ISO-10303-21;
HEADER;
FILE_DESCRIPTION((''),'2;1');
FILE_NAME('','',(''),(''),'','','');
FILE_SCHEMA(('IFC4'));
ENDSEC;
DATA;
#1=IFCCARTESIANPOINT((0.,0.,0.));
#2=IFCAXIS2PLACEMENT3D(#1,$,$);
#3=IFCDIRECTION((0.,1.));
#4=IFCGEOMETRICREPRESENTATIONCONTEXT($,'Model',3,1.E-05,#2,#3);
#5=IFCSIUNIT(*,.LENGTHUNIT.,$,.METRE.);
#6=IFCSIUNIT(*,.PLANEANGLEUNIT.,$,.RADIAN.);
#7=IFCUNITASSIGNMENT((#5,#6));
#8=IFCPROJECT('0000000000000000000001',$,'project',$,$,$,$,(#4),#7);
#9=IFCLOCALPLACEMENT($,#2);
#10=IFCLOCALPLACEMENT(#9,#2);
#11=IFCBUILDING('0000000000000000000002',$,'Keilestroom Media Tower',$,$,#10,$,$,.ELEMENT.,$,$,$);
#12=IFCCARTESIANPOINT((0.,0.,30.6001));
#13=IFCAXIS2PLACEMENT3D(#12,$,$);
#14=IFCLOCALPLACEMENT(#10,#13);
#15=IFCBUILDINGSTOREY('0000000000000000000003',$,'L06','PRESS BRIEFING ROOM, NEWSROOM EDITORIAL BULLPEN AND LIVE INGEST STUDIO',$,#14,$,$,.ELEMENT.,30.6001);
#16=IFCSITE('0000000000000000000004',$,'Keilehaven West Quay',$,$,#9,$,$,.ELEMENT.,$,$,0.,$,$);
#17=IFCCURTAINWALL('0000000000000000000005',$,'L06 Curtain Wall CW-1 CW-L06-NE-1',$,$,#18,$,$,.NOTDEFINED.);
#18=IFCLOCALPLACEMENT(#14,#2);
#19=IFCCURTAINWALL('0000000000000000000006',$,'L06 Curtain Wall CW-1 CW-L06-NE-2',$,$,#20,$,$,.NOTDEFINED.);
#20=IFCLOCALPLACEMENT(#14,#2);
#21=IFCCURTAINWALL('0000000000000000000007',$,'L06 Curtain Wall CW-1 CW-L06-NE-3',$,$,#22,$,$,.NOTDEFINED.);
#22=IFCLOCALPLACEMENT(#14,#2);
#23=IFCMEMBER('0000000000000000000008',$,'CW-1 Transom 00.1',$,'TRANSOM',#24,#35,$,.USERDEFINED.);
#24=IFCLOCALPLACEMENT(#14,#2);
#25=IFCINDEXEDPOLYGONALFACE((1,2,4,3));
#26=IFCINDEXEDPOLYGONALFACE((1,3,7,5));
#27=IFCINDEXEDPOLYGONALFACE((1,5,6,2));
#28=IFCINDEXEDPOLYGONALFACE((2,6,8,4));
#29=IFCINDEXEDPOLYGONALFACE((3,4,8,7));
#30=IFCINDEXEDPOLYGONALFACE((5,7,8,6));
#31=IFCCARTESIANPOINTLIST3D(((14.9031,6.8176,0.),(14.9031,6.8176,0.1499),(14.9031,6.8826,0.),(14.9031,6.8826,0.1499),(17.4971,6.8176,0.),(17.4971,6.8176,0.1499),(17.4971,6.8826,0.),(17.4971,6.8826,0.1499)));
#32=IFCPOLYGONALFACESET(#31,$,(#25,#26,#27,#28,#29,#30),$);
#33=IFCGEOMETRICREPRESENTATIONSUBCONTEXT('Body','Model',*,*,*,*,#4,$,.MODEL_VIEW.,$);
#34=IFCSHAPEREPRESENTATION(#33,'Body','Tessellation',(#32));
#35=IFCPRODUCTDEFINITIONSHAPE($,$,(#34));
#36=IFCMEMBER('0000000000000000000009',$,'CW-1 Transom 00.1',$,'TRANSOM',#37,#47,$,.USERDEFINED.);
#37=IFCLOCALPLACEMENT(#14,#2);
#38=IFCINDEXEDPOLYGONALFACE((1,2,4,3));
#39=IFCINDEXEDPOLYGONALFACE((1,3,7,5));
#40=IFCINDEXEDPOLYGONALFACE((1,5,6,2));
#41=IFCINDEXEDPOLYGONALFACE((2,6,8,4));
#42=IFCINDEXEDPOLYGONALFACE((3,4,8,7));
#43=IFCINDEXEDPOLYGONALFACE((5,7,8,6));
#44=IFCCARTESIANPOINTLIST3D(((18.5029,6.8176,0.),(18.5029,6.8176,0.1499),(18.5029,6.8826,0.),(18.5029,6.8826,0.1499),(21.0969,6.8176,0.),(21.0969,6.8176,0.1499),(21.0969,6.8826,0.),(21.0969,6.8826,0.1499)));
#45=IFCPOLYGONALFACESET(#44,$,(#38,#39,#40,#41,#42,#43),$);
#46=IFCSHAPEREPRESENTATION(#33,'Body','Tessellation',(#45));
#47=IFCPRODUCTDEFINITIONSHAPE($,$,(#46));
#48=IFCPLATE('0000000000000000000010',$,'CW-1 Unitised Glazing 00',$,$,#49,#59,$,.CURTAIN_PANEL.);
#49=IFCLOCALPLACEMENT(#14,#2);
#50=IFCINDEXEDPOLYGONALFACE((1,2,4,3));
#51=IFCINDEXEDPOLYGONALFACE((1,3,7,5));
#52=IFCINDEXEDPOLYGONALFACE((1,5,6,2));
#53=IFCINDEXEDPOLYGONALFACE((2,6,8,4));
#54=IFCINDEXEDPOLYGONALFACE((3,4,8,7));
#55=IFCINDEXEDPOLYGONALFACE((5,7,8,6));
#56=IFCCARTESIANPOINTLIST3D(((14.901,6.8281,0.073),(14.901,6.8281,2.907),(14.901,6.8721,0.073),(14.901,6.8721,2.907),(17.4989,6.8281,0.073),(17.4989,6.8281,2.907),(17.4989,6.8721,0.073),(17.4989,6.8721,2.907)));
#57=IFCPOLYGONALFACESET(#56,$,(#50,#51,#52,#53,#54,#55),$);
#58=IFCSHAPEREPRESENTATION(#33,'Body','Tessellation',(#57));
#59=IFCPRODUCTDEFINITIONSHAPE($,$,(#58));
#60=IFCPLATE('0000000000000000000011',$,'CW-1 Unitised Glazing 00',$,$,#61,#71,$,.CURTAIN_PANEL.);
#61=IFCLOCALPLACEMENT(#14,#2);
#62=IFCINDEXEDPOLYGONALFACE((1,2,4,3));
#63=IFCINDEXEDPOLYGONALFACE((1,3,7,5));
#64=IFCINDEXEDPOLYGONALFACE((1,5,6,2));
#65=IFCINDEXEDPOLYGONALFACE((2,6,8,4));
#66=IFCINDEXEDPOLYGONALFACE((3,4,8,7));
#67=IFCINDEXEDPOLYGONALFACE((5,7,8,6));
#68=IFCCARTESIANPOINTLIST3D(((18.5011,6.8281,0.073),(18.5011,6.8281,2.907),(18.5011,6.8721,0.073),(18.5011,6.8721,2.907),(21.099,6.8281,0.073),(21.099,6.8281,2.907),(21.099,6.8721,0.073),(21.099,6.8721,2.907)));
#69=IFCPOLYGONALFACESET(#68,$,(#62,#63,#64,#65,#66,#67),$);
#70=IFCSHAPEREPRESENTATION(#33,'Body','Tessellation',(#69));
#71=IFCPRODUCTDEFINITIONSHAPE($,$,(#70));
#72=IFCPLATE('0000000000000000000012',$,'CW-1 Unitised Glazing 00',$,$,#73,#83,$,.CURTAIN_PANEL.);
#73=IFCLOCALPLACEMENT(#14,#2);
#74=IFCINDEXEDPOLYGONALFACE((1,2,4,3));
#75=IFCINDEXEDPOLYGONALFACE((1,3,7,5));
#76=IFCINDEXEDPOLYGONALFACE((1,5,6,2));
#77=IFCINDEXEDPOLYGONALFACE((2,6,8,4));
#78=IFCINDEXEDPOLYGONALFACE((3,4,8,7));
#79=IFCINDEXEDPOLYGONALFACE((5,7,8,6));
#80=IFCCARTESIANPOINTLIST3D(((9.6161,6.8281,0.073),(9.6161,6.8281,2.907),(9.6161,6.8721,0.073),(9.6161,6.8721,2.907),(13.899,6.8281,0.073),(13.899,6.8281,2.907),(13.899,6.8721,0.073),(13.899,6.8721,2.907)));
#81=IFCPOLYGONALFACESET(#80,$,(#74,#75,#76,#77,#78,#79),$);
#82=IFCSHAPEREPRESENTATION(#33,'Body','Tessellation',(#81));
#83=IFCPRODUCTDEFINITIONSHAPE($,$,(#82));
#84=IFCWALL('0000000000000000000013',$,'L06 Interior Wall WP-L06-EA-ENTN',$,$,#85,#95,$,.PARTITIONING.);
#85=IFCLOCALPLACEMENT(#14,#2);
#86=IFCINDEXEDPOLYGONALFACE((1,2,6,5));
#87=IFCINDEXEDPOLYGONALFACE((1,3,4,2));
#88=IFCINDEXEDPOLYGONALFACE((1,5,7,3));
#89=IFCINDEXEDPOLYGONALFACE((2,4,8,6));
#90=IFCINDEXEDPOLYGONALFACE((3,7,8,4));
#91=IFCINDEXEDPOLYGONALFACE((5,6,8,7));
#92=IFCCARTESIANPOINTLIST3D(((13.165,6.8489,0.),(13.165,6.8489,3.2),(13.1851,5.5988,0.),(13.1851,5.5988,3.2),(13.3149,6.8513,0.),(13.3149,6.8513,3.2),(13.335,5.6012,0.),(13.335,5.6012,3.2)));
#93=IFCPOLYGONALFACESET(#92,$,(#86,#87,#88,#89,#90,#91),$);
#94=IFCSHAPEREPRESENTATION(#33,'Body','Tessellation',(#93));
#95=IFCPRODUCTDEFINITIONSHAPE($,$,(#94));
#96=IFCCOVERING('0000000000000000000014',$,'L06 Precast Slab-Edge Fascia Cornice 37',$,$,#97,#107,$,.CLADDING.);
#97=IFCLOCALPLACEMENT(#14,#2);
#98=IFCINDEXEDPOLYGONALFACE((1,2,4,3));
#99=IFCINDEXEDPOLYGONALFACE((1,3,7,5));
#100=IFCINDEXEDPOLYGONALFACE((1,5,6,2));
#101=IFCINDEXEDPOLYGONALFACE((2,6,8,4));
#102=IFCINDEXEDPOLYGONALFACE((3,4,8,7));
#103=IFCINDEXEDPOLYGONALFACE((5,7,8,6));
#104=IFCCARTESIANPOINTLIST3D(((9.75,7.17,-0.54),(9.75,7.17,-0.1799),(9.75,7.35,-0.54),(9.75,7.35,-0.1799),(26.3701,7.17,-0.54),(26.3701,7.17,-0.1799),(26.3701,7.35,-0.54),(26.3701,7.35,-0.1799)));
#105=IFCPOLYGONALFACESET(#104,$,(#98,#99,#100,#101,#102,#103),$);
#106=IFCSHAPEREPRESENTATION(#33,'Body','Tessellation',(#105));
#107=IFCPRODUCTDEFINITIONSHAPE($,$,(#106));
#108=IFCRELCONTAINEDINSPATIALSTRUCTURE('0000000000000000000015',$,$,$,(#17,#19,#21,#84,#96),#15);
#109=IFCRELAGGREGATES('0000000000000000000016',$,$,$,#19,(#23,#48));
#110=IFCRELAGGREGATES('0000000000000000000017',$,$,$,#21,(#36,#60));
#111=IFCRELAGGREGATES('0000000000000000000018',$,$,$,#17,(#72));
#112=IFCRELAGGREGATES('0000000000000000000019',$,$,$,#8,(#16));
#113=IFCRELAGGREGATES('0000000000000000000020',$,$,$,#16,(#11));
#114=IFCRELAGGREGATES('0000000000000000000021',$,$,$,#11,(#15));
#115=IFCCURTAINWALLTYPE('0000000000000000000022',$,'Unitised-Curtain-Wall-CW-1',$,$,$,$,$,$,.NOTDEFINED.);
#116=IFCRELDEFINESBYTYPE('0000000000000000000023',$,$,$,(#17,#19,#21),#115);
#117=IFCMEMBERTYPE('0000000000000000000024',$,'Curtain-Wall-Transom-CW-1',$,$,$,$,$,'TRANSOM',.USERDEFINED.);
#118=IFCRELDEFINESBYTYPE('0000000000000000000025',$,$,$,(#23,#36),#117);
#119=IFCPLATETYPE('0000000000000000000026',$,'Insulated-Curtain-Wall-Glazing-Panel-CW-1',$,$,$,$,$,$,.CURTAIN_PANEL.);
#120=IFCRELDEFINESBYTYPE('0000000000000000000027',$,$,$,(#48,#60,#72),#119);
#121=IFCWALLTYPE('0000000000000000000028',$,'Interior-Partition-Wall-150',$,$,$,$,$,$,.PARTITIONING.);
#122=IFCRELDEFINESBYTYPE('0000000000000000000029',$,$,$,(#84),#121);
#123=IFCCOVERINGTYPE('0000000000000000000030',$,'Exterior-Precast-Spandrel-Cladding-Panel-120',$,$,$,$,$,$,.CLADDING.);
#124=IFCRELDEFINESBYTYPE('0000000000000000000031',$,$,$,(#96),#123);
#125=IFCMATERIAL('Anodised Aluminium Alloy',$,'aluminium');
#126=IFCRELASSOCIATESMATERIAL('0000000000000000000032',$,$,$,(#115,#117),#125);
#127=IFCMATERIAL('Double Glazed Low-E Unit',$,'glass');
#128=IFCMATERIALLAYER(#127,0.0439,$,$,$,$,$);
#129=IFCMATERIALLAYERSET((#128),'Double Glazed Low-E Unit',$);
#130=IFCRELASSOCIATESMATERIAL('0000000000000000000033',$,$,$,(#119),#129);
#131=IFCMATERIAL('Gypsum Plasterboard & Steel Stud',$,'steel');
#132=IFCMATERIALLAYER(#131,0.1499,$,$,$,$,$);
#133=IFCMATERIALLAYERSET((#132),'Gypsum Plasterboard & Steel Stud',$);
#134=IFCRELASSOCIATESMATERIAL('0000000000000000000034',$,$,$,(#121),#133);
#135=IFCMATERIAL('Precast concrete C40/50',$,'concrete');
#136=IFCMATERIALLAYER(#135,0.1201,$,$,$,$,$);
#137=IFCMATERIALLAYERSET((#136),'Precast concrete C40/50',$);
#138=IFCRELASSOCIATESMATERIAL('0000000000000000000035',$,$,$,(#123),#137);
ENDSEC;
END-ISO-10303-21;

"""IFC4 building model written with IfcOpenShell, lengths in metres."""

from ifc_helpers import new_model, si_unit, direction, frame, frame_2d, origin, origin_2d, place, context, subcontext, project, spatial, rectangle, extrude, source, transform, mapped, material, layer, layer_set, material_profile, profile_set, type_object, element, aggregate, save


model = new_model("IFC4")

# Units and contexts
model_context = context("Model", 3, precision=1e-05, world=origin(), true_north=direction((0.0, 1.0)))
body_context = subcontext(model_context, "Body", "Model", "MODEL_VIEW")
ifc_project = project(units=[si_unit("LENGTHUNIT", "METRE"), si_unit("PLANEANGLEUNIT", "RADIAN")], contexts=[model_context])

# Site, building, storey
site_placement = place(None, origin())
site = spatial("IfcSite", under=ifc_project, at=site_placement, Name="Keilehaven West Quay", CompositionType="ELEMENT", RefElevation=0.0)
building_placement = place(site_placement, origin())
building = spatial("IfcBuilding", under=site, at=building_placement, Name="Keilestroom Media Tower", CompositionType="ELEMENT")
storey_placement = place(building_placement, frame((0.0, 0.0, 30.6001)))
storey = spatial("IfcBuildingStorey", under=building, at=storey_placement, Name="L06", Description="PRESS BRIEFING ROOM, NEWSROOM EDITORIAL BULLPEN AND LIVE INGEST STUDIO", CompositionType="ELEMENT", Elevation=30.6001)

# Shared definitions
ifc_material_1 = material(Name="Precast concrete C40/50", Category="concrete")

# Curtain wall
ifc_material_2 = material(Name="Anodised Aluminium Alloy", Category="aluminium")
curtain_wall_type = type_object("IfcCurtainWallType", Name="Unitised-Curtain-Wall-CW-1", PredefinedType="NOTDEFINED", material=ifc_material_2)
curtain_wall_1_placement = place(storey_placement, origin())
curtain_wall_1 = element("IfcCurtainWall", 1, at=curtain_wall_1_placement, inside=storey, type_object=curtain_wall_type, Name="L06 Curtain Wall CW-1 CW-L06-NE-1", PredefinedType="NOTDEFINED")

# Curtain walls
curtain_wall_2_placement = place(storey_placement, origin())
curtain_wall_2 = element("IfcCurtainWall", 2, at=curtain_wall_2_placement, inside=storey, type_object=curtain_wall_type, Name="L06 Curtain Wall CW-1 CW-L06-NE-2", PredefinedType="NOTDEFINED")
curtain_wall_3_placement = place(storey_placement, origin())
curtain_wall_3 = element("IfcCurtainWall", 3, at=curtain_wall_3_placement, inside=storey, type_object=curtain_wall_type, Name="L06 Curtain Wall CW-1 CW-L06-NE-3", PredefinedType="NOTDEFINED")

# Members
ifc_material_profile_1 = material_profile(ifc_material_2, rectangle(XDim=0.0649, YDim=0.1499, at=origin_2d()), Name="ALU TRANSOM 65x150")
ifc_profile_set_1 = profile_set([ifc_material_profile_1], Name="Anodised Aluminium Alloy")
member_type_1 = type_object("IfcMemberType", Name="Curtain-Wall-Transom-CW-1", ElementType="TRANSOM", PredefinedType="USERDEFINED", material=ifc_profile_set_1)
shared_shape_1 = source(origin(), body_context, "Body", "SweptSolid", [
    extrude(rectangle(XDim=0.0649, YDim=0.1499, at=origin_2d()), origin(), (0.0, 0.0, 1.0), 2.594),
])
member_1_placement = place(storey_placement, frame((14.9031, 6.8501, 0.075), z_axis=(1.0, 0.0, 0.0), x_axis=(0.0, 1.0, 0.0)))
member_1 = element("IfcMember", 4, at=member_1_placement, type_object=member_type_1, Name="CW-1 Transom 00.1", ObjectType="TRANSOM", PredefinedType="USERDEFINED", context=body_context, shape_type="MappedRepresentation", body=[
    mapped(shared_shape_1, transform((0.0, 0.0, 0.0), x_axis=(1.0, 0.0, 0.0), y_axis=(0.0, 1.0, 0.0), z_axis=(0.0, 0.0, 1.0), scale=1.0)),
])
member_2_placement = place(storey_placement, frame((18.5029, 6.8501, 0.075), z_axis=(1.0, 0.0, 0.0), x_axis=(0.0, 1.0, 0.0)))
member_2 = element("IfcMember", 5, at=member_2_placement, type_object=member_type_1, Name="CW-1 Transom 00.1", ObjectType="TRANSOM", PredefinedType="USERDEFINED", context=body_context, shape_type="MappedRepresentation", body=[
    mapped(shared_shape_1, transform((0.0, 0.0, 0.0), x_axis=(1.0, 0.0, 0.0), y_axis=(0.0, 1.0, 0.0), z_axis=(0.0, 0.0, 1.0), scale=1.0)),
])

# Plates
ifc_material_3 = material(Name="Double Glazed Low-E Unit", Category="glass")
ifc_layer_1 = layer(ifc_material_3, 0.0439)
ifc_layer_set_1 = layer_set([ifc_layer_1], Name="Double Glazed Low-E Unit")
plate_type = type_object("IfcPlateType", Name="Insulated-Curtain-Wall-Glazing-Panel-CW-1", PredefinedType="CURTAIN_PANEL", material=ifc_layer_set_1)
shared_shape_2 = source(origin(), body_context, "Body", "SweptSolid", [
    extrude(rectangle(XDim=2.5979, YDim=0.0439, at=origin_2d()), origin(), (0.0, 0.0, 1.0), 2.834),
])
plate_1_placement = place(storey_placement, frame((16.2, 6.8501, 0.073), z_axis=(0.0, 0.0, 1.0), x_axis=(1.0, 0.0, 0.0)))
plate_1 = element("IfcPlate", 6, at=plate_1_placement, type_object=plate_type, Name="CW-1 Unitised Glazing 00", PredefinedType="CURTAIN_PANEL", context=body_context, shape_type="MappedRepresentation", body=[
    mapped(shared_shape_2, transform((0.0, 0.0, 0.0), x_axis=(1.0, 0.0, 0.0), y_axis=(0.0, 1.0, 0.0), z_axis=(0.0, 0.0, 1.0), scale=1.0)),
])
aggregate(curtain_wall_2, [member_1, plate_1])
plate_2_placement = place(storey_placement, frame((19.8, 6.8501, 0.073), z_axis=(0.0, 0.0, 1.0), x_axis=(1.0, 0.0, 0.0)))
plate_2 = element("IfcPlate", 7, at=plate_2_placement, type_object=plate_type, Name="CW-1 Unitised Glazing 00", PredefinedType="CURTAIN_PANEL", context=body_context, shape_type="MappedRepresentation", body=[
    mapped(shared_shape_2, transform((0.0, 0.0, 0.0), x_axis=(1.0, 0.0, 0.0), y_axis=(0.0, 1.0, 0.0), z_axis=(0.0, 0.0, 1.0), scale=1.0)),
])
aggregate(curtain_wall_3, [member_2, plate_2])
shared_shape_3 = source(origin(), body_context, "Body", "SweptSolid", [
    extrude(rectangle(XDim=4.283, YDim=0.0439, at=origin_2d()), origin(), (0.0, 0.0, 1.0), 2.834),
])
plate_3_placement = place(storey_placement, frame((11.7576, 6.8501, 0.073), z_axis=(0.0, 0.0, 1.0), x_axis=(1.0, 0.0, 0.0)))
plate_3 = element("IfcPlate", 8, at=plate_3_placement, type_object=plate_type, Name="CW-1 Unitised Glazing 00", PredefinedType="CURTAIN_PANEL", context=body_context, shape_type="MappedRepresentation", body=[
    mapped(shared_shape_3, transform((0.0, 0.0, 0.0), x_axis=(1.0, 0.0, 0.0), y_axis=(0.0, 1.0, 0.0), z_axis=(0.0, 0.0, 1.0), scale=1.0)),
])
aggregate(curtain_wall_1, [plate_3])

# Wall
ifc_material_4 = material(Name="Gypsum Plasterboard & Steel Stud", Category="steel")
ifc_layer_2 = layer(ifc_material_4, 0.1499)
ifc_layer_set_2 = layer_set([ifc_layer_2], Name="Gypsum Plasterboard & Steel Stud")
wall_type = type_object("IfcWallType", Name="Interior-Partition-Wall-150", PredefinedType="PARTITIONING", material=ifc_layer_set_2)
wall_placement = place(storey_placement, frame((13.26, 5.6001, 0.0), z_axis=(0.0, 0.0, 1.0), x_axis=(-0.016014, 0.999872, 0.0)))
element("IfcWall", 9, at=wall_placement, inside=storey, type_object=wall_type, Name="L06 Interior Wall WP-L06-EA-ENTN", PredefinedType="PARTITIONING", context=body_context, shape_type="SweptSolid", body=[
    extrude(rectangle(XDim=1.2502, YDim=0.1499, at=frame_2d((0.625, 0.0))), origin(), (0.0, 0.0, 1.0), 3.2),
])

# Covering
ifc_layer_3 = layer(ifc_material_1, 0.1201)
ifc_layer_set_3 = layer_set([ifc_layer_3], Name="Precast concrete C40/50")
covering_type = type_object("IfcCoveringType", Name="Exterior-Precast-Spandrel-Cladding-Panel-120", PredefinedType="CLADDING", material=ifc_layer_set_3)
shared_shape_4 = source(origin(), body_context, "Body", "SweptSolid", [
    extrude(rectangle(XDim=16.6201, YDim=0.1799, at=origin_2d()), origin(), (0.0, 0.0, 1.0), 0.3601),
])
covering_placement = place(storey_placement, frame((18.0601, 7.26, -0.54), z_axis=(0.0, 0.0, 1.0), x_axis=(1.0, 0.0, 0.0)))
element("IfcCovering", 10, at=covering_placement, inside=storey, type_object=covering_type, Name="L06 Precast Slab-Edge Fascia Cornice 37", PredefinedType="CLADDING", context=body_context, shape_type="MappedRepresentation", body=[
    mapped(shared_shape_4, transform((0.0, 0.0, 0.0), x_axis=(1.0, 0.0, 0.0), y_axis=(0.0, 1.0, 0.0), z_axis=(0.0, 0.0, 1.0), scale=1.0)),
])

save(model, "model.ifc")
